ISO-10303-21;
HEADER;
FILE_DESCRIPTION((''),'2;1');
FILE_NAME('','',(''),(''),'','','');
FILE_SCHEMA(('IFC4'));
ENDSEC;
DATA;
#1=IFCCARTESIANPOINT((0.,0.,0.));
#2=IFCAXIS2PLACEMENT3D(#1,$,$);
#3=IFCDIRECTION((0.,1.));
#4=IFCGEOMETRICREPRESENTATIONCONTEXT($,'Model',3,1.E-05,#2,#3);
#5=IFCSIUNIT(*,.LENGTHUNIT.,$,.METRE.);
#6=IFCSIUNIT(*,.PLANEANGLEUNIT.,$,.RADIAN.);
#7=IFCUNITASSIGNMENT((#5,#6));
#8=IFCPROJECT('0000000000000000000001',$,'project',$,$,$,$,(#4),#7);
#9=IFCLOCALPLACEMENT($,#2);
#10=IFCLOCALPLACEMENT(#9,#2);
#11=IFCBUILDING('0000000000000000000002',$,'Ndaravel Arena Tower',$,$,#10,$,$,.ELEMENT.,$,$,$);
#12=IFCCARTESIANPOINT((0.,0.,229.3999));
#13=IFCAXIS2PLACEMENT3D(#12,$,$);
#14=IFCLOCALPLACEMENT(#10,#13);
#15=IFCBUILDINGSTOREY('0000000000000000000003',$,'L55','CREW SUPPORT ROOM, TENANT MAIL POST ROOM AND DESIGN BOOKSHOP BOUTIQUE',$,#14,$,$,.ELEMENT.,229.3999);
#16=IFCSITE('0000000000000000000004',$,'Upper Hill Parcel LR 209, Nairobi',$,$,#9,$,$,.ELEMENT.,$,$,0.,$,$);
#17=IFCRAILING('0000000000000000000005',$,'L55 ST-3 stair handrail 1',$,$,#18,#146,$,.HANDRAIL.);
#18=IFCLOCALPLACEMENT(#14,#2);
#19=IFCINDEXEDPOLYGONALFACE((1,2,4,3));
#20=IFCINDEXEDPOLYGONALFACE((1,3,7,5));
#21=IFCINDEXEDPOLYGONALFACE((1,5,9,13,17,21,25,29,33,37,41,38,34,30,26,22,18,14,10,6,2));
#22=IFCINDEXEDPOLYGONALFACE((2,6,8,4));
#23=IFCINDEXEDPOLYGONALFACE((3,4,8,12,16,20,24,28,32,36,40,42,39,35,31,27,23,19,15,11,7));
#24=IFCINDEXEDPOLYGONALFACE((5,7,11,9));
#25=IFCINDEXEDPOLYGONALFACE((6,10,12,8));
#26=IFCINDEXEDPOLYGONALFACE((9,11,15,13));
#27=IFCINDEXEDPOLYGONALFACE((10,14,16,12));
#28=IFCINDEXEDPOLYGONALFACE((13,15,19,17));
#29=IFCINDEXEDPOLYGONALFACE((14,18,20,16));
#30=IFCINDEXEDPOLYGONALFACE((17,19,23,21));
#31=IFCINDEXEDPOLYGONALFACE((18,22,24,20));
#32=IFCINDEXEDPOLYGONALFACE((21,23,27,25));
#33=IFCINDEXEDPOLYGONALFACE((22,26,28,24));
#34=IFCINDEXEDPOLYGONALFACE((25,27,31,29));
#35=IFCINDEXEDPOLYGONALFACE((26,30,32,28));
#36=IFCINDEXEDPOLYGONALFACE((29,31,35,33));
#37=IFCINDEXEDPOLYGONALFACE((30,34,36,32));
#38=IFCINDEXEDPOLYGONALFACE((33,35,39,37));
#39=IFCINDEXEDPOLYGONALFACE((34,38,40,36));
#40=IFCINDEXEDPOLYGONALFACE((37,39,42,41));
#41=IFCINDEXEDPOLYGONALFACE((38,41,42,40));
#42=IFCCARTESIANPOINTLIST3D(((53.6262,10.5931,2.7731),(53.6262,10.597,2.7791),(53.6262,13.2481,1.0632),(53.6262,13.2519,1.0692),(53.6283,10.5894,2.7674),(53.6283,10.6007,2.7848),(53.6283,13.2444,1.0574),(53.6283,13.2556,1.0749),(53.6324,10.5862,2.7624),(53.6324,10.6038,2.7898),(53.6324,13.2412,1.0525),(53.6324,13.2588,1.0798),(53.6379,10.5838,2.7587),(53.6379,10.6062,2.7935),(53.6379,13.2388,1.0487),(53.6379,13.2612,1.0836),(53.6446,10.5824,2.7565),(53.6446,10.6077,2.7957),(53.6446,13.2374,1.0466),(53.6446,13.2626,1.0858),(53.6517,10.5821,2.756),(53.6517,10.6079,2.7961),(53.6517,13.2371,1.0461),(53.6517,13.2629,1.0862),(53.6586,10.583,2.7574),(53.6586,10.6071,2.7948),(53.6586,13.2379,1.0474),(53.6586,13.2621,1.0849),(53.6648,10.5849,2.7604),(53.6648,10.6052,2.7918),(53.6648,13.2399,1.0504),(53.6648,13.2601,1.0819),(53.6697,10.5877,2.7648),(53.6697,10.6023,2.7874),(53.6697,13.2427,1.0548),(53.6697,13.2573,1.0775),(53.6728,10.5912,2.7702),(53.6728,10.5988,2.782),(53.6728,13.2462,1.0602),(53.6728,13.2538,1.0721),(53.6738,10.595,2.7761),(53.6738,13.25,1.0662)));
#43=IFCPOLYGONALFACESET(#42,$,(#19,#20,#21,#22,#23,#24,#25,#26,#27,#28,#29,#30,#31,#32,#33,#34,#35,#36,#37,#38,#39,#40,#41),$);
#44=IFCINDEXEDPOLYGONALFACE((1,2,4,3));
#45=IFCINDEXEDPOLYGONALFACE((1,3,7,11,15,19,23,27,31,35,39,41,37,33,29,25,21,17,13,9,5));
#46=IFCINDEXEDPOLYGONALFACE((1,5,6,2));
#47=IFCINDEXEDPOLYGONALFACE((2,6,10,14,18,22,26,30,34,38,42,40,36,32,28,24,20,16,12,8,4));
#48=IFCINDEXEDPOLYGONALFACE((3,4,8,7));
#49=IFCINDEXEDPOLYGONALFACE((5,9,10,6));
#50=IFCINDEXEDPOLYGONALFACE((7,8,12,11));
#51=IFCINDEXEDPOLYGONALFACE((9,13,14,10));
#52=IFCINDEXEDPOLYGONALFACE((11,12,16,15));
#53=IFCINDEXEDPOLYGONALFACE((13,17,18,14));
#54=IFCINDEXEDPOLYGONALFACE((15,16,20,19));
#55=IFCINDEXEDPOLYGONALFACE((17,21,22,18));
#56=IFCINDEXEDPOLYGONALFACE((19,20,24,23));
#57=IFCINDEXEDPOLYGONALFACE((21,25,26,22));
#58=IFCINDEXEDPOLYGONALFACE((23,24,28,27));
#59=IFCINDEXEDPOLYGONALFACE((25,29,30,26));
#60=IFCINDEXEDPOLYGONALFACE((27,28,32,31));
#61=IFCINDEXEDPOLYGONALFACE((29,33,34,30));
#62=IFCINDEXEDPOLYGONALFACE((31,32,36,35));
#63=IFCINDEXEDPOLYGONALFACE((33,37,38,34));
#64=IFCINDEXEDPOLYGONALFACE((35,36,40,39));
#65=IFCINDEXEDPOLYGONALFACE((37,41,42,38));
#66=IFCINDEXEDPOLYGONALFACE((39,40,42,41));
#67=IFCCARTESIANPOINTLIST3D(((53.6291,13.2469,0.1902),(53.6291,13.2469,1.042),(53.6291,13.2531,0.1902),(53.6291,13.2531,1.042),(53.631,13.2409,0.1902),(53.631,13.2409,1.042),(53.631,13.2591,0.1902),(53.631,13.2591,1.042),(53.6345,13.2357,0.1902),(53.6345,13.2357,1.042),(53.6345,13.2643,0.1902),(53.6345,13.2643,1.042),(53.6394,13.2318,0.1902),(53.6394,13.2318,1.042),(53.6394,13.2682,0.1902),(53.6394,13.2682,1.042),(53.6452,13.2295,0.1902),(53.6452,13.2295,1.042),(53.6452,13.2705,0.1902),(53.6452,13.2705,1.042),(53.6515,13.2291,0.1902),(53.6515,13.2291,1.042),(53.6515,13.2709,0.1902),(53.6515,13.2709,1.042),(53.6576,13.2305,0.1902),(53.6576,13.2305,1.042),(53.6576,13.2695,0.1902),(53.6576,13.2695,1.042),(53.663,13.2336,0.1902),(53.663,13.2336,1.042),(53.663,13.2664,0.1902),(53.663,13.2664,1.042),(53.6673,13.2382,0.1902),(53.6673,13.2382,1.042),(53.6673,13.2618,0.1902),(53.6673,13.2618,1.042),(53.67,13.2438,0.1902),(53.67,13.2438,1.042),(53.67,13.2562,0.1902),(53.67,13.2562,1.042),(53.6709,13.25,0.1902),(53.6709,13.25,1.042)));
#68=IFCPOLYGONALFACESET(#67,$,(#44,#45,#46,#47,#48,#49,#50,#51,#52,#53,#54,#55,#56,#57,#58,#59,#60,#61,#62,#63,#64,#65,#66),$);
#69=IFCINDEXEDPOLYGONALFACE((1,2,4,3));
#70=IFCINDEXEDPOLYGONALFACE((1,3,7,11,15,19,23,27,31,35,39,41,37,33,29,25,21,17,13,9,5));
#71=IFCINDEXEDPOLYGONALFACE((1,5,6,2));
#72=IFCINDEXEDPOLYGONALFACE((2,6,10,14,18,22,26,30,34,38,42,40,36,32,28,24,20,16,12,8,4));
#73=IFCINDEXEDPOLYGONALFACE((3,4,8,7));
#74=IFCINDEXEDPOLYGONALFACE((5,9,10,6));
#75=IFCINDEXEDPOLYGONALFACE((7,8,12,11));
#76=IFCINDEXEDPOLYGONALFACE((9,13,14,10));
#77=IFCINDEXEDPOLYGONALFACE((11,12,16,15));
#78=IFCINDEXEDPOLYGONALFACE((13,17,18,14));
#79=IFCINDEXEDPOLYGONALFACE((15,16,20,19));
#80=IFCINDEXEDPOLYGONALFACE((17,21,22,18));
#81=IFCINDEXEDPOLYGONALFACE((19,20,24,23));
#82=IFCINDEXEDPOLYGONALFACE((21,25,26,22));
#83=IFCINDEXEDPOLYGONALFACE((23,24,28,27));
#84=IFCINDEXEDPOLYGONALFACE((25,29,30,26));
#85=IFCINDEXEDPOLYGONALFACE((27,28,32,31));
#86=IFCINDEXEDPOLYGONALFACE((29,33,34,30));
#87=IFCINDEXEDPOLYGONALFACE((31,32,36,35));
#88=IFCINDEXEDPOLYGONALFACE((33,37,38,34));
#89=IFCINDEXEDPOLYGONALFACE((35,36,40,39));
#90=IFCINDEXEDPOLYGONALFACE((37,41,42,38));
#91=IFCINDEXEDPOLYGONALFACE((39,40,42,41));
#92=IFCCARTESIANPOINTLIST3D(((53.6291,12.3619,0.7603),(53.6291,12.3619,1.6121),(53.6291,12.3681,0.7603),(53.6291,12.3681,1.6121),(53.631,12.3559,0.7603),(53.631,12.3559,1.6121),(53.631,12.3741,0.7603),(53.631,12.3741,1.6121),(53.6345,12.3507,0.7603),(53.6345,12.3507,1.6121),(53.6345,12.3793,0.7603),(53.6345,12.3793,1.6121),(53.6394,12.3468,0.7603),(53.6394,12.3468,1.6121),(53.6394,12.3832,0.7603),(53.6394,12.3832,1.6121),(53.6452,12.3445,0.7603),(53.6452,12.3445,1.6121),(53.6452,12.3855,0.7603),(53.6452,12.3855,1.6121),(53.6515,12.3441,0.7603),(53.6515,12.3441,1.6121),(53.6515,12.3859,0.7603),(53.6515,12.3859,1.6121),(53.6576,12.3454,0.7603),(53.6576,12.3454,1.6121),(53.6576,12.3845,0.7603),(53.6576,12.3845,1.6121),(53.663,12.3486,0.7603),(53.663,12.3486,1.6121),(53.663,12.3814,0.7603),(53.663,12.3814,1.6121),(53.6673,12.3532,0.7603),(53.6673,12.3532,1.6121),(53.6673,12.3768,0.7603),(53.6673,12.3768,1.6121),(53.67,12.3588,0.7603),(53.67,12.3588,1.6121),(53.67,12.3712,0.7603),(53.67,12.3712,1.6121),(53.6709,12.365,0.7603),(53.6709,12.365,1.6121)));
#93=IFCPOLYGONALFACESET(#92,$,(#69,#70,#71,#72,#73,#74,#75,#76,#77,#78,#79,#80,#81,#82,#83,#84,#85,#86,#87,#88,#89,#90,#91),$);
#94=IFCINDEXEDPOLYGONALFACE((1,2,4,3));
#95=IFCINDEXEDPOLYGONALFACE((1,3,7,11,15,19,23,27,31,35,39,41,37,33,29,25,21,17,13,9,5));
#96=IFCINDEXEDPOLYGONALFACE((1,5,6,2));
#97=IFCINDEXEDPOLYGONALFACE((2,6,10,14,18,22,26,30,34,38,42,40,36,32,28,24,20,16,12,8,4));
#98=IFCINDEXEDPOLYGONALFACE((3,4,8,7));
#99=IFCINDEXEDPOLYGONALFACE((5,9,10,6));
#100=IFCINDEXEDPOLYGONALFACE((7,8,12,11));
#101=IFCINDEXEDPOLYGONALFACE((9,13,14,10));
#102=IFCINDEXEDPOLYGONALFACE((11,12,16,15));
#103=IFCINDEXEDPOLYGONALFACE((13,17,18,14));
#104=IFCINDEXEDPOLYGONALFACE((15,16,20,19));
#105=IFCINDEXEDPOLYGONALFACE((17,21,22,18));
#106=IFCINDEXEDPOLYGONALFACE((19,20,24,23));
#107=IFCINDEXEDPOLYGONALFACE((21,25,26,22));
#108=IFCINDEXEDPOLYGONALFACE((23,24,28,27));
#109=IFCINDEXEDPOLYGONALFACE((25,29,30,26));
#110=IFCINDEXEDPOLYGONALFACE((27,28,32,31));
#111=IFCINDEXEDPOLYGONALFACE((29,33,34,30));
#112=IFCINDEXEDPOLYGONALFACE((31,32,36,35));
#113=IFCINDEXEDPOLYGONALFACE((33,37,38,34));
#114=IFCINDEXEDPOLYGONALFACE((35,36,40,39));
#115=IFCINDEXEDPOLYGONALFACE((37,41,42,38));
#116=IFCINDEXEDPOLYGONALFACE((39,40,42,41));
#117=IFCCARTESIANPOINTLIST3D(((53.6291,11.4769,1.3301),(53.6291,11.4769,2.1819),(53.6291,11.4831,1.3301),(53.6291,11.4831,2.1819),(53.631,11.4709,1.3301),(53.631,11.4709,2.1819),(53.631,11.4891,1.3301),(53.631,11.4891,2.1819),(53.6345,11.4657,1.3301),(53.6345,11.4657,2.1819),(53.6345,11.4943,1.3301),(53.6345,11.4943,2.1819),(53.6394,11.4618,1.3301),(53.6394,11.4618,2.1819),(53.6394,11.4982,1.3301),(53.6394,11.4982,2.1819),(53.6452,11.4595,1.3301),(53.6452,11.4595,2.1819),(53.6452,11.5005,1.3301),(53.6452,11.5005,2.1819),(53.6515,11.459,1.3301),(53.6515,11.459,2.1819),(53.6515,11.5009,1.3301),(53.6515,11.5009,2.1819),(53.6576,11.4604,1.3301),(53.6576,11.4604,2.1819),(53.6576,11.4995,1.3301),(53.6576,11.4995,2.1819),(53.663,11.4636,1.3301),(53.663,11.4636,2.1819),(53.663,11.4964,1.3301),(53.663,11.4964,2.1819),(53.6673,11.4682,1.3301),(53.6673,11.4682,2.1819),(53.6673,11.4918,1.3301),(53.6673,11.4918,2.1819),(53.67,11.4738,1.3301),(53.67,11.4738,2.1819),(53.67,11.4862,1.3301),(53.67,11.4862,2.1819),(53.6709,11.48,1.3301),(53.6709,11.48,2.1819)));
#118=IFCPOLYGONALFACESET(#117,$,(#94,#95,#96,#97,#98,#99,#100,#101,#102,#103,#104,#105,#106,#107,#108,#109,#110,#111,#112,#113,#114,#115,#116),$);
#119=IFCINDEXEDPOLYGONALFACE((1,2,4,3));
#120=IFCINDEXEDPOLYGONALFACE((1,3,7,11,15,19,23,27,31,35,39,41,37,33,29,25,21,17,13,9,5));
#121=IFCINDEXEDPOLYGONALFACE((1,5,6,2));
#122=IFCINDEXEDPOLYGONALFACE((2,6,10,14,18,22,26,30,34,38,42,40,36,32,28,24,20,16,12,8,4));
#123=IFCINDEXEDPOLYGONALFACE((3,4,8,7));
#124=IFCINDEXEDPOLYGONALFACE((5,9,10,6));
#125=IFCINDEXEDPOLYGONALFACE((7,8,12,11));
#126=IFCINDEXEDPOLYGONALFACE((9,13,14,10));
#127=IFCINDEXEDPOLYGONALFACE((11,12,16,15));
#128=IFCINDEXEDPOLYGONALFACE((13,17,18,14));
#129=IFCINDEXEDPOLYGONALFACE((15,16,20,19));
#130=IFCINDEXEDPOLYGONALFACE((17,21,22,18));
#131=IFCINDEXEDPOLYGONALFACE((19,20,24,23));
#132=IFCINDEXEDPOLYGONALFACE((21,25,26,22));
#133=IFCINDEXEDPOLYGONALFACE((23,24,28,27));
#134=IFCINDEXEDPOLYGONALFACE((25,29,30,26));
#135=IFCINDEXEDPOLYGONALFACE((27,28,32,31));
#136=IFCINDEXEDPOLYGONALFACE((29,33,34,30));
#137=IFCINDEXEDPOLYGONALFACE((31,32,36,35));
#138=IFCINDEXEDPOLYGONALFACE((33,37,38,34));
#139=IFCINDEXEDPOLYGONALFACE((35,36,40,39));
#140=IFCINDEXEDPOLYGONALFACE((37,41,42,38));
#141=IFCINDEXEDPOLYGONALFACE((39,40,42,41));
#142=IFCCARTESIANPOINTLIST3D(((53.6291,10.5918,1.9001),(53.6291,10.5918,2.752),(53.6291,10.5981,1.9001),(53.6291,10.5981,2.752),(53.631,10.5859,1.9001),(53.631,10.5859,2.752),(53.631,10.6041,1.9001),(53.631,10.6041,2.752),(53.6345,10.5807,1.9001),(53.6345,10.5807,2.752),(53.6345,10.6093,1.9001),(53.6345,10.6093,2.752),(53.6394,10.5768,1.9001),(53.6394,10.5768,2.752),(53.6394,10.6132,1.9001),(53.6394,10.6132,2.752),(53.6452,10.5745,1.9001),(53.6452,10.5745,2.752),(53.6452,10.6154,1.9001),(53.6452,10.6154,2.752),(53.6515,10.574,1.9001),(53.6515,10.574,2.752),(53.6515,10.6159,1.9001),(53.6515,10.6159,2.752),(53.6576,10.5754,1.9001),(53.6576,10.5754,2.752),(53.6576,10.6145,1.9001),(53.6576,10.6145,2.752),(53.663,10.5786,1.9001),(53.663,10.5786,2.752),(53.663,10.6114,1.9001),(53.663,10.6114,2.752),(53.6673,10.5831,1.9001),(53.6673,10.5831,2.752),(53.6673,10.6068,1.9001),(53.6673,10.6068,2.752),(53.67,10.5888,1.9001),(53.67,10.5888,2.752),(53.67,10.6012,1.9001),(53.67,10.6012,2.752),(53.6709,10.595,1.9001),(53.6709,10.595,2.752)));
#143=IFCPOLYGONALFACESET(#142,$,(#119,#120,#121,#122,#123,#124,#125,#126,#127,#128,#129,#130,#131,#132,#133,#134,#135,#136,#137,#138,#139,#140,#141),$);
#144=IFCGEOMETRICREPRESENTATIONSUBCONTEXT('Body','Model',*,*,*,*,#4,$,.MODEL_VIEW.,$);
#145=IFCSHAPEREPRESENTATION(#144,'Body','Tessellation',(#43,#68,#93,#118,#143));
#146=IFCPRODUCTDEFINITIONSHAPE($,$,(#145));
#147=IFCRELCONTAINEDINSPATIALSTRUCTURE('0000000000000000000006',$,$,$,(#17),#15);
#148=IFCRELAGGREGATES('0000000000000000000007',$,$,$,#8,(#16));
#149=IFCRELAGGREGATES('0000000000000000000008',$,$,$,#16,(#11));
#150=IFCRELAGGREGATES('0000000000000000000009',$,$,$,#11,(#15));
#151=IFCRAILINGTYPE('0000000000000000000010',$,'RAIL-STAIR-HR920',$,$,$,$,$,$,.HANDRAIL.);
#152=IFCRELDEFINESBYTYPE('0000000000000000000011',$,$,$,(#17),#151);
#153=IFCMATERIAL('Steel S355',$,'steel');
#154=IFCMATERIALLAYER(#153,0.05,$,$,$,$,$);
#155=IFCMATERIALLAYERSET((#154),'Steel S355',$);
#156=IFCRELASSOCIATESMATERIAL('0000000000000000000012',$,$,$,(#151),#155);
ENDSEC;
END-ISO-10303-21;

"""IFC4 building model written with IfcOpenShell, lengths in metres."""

from ifc_helpers import new_model, si_unit, direction, frame, origin, origin_2d, place, context, subcontext, project, spatial, circle, extrude, material, layer, layer_set, type_object, element, save


model = new_model("IFC4")

# Units and contexts
model_context = context("Model", 3, precision=1e-05, world=origin(), true_north=direction((0.0, 1.0)))
body_context = subcontext(model_context, "Body", "Model", "MODEL_VIEW")
ifc_project = project(units=[si_unit("LENGTHUNIT", "METRE"), si_unit("PLANEANGLEUNIT", "RADIAN")], contexts=[model_context])

# Site, building, storey
site_placement = place(None, origin())
site = spatial("IfcSite", under=ifc_project, at=site_placement, Name="Upper Hill Parcel LR 209, Nairobi", CompositionType="ELEMENT", RefElevation=0.0)
building_placement = place(site_placement, origin())
building = spatial("IfcBuilding", under=site, at=building_placement, Name="Ndaravel Arena Tower", CompositionType="ELEMENT")
storey_placement = place(building_placement, frame((0.0, 0.0, 229.3999)))
storey = spatial("IfcBuildingStorey", under=building, at=storey_placement, Name="L55", Description="CREW SUPPORT ROOM, TENANT MAIL POST ROOM AND DESIGN BOOKSHOP BOUTIQUE", CompositionType="ELEMENT", Elevation=229.3999)

# Railing
ifc_material_1 = material(Name="Steel S355", Category="steel")
ifc_layer_1 = layer(ifc_material_1, 0.05)
ifc_layer_set_1 = layer_set([ifc_layer_1], Name="Steel S355")
railing_type_1 = type_object("IfcRailingType", Name="RAIL-STAIR-HR920", PredefinedType="HANDRAIL", material=ifc_layer_set_1)
railing_1_placement = place(storey_placement, frame((53.6499, 13.25, 0.1902)))
element("IfcRailing", 1, at=railing_1_placement, inside=storey, type_object=railing_type_1, Name="L55 ST-3 stair handrail 1", PredefinedType="HANDRAIL", context=body_context, shape_type="SweptSolid", body=[
    extrude(circle(Radius=0.0239, at=origin_2d()), frame((0.0, 0.0, 0.876), z_axis=(0.0, -0.840724, 0.541465), x_axis=(1.0, 0.0, 0.0)), (0.0, 0.0, 1.0), 3.158),
    extrude(circle(Radius=0.021, at=origin_2d()), origin(), (0.0, 0.0, 1.0), 0.8518),
    extrude(circle(Radius=0.021, at=origin_2d()), frame((0.0, -0.885, 0.5701)), (0.0, 0.0, 1.0), 0.8518),
    extrude(circle(Radius=0.021, at=origin_2d()), frame((0.0, -1.77, 1.1399)), (0.0, 0.0, 1.0), 0.8518),
    extrude(circle(Radius=0.021, at=origin_2d()), frame((0.0, -2.655, 1.71)), (0.0, 0.0, 1.0), 0.8518),
])

save(model, "model.ifc")
